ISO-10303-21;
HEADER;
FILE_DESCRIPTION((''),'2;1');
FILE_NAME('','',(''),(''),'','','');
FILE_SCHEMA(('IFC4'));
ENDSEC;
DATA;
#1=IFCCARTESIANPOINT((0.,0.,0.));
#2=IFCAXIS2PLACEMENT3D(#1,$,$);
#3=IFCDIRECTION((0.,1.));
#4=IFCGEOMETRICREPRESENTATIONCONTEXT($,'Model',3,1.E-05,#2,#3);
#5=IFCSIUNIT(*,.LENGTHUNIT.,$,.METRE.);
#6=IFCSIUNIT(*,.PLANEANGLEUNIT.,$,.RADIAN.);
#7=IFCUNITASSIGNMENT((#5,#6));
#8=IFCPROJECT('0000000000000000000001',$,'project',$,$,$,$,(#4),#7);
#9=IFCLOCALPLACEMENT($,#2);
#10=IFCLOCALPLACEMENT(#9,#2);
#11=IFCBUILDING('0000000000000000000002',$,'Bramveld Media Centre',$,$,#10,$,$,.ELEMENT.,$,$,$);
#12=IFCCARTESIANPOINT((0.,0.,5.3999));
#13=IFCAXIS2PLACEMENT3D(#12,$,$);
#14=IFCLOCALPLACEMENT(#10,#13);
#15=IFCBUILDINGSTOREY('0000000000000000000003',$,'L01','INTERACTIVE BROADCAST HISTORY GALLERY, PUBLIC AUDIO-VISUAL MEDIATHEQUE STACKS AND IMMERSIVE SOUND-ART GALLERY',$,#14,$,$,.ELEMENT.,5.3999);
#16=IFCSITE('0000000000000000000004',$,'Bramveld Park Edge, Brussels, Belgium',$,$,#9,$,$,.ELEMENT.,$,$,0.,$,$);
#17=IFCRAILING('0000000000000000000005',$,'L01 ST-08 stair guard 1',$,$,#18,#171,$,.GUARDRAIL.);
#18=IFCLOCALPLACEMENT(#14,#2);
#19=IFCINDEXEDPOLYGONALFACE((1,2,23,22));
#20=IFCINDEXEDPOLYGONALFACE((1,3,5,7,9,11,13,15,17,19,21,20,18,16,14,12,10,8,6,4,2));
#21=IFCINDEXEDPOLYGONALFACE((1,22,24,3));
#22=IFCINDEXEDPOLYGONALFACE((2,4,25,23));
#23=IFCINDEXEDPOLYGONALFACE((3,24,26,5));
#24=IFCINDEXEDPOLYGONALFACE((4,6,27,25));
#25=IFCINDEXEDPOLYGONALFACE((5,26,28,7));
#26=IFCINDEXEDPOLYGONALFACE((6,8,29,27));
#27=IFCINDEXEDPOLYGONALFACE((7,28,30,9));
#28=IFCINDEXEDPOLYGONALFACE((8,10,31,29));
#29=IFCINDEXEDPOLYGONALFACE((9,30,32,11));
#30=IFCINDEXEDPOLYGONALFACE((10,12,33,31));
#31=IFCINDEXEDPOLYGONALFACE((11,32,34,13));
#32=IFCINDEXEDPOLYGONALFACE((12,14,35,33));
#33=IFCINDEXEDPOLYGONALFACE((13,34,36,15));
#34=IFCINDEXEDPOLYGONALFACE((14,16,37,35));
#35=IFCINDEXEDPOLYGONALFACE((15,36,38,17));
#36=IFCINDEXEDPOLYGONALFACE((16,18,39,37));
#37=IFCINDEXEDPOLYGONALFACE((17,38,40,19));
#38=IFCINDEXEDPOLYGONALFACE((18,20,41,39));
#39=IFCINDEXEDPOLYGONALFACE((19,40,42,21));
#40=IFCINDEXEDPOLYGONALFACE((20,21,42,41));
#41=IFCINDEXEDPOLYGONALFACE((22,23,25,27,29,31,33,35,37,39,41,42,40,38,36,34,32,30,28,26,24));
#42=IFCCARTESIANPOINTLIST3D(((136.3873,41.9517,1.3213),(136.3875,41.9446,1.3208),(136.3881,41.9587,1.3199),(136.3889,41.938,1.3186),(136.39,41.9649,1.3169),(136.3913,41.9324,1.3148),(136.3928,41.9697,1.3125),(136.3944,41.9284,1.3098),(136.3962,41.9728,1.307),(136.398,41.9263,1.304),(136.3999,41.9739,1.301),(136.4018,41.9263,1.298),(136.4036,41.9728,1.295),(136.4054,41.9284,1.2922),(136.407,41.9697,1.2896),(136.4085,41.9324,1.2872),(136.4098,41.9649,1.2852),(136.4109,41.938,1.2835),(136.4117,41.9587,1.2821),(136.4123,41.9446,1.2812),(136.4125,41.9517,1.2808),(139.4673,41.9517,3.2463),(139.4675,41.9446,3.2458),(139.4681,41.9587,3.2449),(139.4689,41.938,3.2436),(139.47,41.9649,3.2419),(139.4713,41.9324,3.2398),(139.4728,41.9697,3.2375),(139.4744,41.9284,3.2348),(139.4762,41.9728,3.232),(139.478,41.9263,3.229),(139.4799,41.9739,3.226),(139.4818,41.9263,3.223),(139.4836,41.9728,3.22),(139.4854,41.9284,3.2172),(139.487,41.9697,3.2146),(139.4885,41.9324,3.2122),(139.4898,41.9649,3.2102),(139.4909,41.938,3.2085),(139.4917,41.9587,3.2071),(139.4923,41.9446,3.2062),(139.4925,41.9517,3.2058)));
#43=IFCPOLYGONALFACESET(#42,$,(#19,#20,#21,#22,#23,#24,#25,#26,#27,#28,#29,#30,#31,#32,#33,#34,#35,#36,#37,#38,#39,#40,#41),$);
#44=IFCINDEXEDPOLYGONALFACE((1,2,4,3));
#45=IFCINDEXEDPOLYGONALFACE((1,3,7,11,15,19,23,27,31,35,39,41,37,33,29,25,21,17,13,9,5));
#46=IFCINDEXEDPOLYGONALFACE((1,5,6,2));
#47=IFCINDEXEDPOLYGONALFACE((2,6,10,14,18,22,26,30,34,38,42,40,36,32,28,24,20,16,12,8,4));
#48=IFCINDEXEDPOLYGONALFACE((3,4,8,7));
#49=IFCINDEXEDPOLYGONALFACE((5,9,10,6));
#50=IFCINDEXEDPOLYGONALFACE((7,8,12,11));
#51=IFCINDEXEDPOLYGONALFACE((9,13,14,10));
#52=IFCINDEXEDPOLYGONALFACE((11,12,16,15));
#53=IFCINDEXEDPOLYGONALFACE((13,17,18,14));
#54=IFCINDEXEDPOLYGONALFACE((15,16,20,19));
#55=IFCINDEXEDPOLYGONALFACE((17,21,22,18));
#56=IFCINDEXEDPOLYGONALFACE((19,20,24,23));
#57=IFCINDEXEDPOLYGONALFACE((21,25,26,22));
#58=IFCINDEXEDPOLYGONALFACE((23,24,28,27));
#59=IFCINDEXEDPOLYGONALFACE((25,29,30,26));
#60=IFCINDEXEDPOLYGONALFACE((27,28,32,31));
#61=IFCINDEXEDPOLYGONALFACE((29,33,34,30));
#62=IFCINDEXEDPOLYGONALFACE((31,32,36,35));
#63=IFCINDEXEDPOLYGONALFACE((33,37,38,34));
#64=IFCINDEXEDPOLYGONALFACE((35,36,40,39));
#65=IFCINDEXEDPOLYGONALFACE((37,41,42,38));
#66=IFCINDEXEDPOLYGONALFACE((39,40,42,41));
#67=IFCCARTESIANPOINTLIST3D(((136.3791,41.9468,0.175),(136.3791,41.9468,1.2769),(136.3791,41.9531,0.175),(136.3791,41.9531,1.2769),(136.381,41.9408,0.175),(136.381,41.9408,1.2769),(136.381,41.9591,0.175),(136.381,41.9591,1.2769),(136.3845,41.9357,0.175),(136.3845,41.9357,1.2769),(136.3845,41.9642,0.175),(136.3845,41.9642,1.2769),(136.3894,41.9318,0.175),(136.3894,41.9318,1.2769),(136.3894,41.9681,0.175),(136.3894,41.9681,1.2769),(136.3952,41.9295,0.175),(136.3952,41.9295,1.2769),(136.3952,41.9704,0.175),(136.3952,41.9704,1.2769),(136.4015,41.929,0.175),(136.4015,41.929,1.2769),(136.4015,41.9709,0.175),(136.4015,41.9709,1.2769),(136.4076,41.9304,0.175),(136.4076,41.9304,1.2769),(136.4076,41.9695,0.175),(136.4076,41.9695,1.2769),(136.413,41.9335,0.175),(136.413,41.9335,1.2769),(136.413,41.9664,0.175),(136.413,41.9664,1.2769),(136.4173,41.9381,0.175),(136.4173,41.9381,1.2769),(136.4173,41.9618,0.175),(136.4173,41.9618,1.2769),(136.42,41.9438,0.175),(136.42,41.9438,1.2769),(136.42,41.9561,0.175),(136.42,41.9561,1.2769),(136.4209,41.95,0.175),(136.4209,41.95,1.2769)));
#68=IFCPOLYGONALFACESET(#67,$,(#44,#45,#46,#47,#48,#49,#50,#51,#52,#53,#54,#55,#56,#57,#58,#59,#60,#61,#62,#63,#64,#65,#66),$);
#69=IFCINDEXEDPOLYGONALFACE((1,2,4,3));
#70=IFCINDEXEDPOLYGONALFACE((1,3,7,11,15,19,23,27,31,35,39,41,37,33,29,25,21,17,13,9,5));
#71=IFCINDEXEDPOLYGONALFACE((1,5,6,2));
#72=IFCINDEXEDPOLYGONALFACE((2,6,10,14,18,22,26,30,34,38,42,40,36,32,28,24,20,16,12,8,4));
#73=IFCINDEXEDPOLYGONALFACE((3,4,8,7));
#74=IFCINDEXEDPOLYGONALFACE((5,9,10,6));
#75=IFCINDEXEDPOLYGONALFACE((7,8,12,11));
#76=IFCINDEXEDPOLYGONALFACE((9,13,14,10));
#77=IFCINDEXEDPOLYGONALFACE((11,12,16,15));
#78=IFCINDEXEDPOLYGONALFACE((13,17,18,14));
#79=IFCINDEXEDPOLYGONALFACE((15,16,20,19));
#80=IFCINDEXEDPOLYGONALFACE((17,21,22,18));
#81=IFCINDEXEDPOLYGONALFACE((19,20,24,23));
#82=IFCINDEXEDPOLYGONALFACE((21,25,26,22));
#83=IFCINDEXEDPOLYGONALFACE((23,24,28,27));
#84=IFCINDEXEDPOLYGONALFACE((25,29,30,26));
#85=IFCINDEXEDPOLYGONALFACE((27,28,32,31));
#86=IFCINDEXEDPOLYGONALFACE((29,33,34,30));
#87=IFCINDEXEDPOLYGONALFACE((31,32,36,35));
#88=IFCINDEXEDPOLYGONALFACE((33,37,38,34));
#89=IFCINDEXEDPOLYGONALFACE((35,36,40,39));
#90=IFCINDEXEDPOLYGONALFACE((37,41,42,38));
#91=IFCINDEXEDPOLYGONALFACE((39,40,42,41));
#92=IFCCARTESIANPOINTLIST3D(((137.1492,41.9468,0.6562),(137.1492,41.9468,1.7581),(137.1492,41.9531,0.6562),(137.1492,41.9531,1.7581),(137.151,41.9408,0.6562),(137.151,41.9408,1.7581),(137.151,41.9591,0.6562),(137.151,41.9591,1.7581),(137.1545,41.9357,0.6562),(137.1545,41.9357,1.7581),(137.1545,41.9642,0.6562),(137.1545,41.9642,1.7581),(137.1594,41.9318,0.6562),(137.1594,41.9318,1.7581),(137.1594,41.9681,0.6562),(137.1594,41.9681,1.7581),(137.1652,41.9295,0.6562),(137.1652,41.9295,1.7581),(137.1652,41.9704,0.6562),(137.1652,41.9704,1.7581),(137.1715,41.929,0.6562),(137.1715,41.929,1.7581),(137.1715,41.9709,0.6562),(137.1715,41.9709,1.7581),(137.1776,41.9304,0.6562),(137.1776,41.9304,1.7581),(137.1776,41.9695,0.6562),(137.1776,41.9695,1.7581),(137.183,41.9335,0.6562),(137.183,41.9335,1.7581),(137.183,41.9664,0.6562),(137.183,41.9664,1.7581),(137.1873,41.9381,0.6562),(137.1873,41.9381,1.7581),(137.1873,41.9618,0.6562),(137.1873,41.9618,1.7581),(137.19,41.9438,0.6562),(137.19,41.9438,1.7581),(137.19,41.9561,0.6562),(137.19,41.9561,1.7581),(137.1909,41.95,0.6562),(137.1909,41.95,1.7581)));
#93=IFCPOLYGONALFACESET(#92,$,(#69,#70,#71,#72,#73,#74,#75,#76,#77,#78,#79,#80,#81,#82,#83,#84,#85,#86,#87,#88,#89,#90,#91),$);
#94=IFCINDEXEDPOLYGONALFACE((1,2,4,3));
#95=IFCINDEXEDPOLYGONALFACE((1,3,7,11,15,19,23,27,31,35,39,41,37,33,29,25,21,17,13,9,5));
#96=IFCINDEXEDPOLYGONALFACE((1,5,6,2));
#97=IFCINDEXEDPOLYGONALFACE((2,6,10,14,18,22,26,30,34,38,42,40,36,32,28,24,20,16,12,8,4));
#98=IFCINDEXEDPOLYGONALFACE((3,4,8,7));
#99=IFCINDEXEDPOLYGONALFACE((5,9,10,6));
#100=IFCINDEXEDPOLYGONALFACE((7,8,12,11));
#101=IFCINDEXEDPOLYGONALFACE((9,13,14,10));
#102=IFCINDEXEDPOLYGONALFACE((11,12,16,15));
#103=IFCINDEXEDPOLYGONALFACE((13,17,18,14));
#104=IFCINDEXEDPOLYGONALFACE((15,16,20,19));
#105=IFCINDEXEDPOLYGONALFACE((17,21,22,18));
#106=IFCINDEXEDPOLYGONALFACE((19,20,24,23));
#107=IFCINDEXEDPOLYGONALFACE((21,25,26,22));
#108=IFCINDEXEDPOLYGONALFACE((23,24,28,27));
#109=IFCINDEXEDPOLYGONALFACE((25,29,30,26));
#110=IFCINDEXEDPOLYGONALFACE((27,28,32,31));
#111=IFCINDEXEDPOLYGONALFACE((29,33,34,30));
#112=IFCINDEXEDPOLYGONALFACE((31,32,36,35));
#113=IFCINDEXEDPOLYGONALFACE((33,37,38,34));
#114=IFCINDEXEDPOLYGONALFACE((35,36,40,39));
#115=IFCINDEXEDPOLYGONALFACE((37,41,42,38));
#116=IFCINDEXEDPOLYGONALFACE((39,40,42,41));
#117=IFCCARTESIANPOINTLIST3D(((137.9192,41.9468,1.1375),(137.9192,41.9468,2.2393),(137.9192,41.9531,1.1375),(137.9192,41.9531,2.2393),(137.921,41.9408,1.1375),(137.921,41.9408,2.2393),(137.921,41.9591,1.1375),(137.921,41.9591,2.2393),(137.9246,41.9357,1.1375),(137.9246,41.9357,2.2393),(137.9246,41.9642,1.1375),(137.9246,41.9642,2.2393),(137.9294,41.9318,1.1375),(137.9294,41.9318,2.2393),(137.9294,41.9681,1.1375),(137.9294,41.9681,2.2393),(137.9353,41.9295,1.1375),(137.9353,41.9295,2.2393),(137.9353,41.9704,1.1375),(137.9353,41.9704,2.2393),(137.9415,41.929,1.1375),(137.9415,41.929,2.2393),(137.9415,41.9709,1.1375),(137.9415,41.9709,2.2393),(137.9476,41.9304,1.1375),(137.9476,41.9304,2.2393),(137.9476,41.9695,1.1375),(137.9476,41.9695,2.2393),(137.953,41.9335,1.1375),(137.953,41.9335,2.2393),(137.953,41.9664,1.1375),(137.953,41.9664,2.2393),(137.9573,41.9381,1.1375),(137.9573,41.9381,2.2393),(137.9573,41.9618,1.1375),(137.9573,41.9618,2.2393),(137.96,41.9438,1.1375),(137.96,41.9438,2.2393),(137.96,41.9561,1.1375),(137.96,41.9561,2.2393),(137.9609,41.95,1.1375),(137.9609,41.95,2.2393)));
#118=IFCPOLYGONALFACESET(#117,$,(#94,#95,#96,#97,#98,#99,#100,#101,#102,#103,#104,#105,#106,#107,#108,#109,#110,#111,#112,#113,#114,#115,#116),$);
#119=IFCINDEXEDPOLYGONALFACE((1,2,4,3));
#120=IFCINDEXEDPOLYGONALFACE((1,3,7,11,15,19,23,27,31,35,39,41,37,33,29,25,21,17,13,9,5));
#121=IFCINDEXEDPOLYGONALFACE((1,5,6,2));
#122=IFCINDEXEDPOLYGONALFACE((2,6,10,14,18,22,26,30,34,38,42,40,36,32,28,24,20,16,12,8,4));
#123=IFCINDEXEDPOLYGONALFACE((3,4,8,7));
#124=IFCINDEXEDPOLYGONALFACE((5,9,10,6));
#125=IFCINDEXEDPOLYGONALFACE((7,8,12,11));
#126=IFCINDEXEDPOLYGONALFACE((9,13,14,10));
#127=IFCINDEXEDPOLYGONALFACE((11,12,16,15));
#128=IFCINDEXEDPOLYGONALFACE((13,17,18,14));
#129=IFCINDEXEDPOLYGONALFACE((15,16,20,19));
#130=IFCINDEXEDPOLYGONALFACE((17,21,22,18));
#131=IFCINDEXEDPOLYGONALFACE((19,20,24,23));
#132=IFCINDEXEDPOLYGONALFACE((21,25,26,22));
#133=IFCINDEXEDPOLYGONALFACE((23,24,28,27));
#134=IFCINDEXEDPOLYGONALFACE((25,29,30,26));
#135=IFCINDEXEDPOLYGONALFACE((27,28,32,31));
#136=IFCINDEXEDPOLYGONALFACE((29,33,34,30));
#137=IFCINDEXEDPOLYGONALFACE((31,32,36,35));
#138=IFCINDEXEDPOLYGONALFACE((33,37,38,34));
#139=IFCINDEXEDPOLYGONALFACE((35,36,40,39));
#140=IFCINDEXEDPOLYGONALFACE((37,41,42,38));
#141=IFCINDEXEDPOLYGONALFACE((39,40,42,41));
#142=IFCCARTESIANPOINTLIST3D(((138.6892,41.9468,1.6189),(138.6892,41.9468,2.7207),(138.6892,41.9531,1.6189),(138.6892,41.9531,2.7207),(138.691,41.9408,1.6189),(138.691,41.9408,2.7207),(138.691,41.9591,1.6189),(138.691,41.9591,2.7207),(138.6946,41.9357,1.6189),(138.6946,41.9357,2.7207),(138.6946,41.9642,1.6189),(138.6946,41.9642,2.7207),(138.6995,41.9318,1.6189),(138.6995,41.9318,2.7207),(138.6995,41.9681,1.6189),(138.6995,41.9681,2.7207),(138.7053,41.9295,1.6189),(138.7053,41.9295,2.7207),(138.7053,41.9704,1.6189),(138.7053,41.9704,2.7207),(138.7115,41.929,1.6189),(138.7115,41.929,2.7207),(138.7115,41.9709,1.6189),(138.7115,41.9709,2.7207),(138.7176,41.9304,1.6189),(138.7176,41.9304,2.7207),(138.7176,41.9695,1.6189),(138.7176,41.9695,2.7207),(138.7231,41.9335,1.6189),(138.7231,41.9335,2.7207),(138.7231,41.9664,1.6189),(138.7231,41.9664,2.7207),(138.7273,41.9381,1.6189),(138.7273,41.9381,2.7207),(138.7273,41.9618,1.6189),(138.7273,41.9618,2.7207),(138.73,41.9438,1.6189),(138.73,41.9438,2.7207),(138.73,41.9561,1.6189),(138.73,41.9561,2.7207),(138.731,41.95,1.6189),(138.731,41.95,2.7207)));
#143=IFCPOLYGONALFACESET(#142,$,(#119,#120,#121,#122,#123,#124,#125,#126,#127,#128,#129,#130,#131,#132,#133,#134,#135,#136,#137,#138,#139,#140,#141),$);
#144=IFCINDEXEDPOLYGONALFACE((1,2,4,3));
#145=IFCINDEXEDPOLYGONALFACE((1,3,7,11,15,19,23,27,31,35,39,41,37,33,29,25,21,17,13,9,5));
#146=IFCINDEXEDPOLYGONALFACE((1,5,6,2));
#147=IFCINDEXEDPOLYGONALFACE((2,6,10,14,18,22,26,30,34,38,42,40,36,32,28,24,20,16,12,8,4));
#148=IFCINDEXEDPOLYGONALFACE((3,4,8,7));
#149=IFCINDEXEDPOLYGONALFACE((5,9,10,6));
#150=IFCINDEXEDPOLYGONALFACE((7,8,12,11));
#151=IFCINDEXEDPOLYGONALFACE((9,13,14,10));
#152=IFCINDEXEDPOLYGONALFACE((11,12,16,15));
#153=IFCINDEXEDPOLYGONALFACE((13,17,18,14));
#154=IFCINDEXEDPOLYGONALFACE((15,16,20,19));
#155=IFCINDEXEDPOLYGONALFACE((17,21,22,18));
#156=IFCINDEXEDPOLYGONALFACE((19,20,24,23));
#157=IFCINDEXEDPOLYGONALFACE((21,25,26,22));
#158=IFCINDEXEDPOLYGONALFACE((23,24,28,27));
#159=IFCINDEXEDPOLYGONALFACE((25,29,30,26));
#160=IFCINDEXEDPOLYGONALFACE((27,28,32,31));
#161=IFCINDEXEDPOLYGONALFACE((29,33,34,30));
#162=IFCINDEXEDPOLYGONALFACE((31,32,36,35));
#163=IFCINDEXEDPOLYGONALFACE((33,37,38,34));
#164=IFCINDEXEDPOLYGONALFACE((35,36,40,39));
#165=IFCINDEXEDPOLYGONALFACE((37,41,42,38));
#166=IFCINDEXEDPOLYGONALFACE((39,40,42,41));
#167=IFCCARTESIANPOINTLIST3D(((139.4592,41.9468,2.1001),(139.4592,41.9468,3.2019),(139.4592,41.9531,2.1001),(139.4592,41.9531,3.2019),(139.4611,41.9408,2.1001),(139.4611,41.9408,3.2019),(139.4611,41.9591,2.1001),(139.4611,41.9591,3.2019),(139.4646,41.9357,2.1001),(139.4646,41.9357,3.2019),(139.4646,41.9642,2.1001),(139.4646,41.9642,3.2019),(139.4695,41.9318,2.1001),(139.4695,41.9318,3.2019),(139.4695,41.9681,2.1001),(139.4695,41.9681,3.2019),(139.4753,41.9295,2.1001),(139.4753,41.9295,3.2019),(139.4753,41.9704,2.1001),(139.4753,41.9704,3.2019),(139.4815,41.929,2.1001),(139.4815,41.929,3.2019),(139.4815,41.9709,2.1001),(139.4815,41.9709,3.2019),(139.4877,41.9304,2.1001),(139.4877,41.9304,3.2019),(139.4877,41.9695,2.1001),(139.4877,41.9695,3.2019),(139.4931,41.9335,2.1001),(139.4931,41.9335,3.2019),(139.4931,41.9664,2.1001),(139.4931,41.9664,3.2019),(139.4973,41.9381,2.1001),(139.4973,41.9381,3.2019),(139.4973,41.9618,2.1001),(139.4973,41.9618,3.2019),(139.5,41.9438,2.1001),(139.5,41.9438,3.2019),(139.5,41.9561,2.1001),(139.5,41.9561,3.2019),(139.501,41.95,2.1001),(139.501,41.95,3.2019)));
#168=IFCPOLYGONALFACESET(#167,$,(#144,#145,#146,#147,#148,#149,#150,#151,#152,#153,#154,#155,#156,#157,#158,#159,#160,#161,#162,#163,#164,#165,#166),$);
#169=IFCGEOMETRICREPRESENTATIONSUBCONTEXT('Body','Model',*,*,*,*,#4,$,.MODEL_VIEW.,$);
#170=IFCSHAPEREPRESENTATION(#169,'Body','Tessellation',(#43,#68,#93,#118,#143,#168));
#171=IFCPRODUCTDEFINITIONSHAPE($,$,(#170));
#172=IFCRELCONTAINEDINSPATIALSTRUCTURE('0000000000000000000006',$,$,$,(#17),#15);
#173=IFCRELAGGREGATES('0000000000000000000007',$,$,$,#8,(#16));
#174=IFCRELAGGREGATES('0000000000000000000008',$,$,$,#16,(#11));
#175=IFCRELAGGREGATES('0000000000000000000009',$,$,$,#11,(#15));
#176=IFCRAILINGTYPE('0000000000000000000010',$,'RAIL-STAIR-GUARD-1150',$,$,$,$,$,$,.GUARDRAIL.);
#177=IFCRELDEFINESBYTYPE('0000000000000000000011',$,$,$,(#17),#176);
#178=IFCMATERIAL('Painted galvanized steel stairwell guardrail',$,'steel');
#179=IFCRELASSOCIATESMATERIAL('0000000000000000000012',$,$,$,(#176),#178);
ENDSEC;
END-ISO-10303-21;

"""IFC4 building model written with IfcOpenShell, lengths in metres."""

from ifc_helpers import new_model, si_unit, direction, frame, origin, origin_2d, place, context, subcontext, project, spatial, circle, extrude, material, type_object, element, save


model = new_model("IFC4")

# Units and contexts
model_context = context("Model", 3, precision=1e-05, world=origin(), true_north=direction((0.0, 1.0)))
body_context = subcontext(model_context, "Body", "Model", "MODEL_VIEW")
ifc_project = project(units=[si_unit("LENGTHUNIT", "METRE"), si_unit("PLANEANGLEUNIT", "RADIAN")], contexts=[model_context])

# Site, building, storey
site_placement = place(None, origin())
site = spatial("IfcSite", under=ifc_project, at=site_placement, Name="Bramveld Park Edge, Brussels, Belgium", CompositionType="ELEMENT", RefElevation=0.0)
building_placement = place(site_placement, origin())
building = spatial("IfcBuilding", under=site, at=building_placement, Name="Bramveld Media Centre", CompositionType="ELEMENT")
storey_placement = place(building_placement, frame((0.0, 0.0, 5.3999)))
storey = spatial("IfcBuildingStorey", under=building, at=storey_placement, Name="L01", Description="INTERACTIVE BROADCAST HISTORY GALLERY, PUBLIC AUDIO-VISUAL MEDIATHEQUE STACKS AND IMMERSIVE SOUND-ART GALLERY", CompositionType="ELEMENT", Elevation=5.3999)

# Railing
ifc_material_1 = material(Name="Painted galvanized steel stairwell guardrail", Category="steel")
railing_type_1 = type_object("IfcRailingType", Name="RAIL-STAIR-GUARD-1150", PredefinedType="GUARDRAIL", material=ifc_material_1)
railing_1_placement = place(storey_placement, frame((136.3999, 41.95, 0.175)))
element("IfcRailing", 1, at=railing_1_placement, inside=storey, type_object=railing_type_1, Name="L01 ST-08 stair guard 1", PredefinedType="GUARDRAIL", context=body_context, shape_type="SweptSolid", body=[
    extrude(circle(Radius=0.0239, at=origin_2d()), frame((0.0, 0.0, 1.126), z_axis=(0.847998, 0.0, 0.529999), x_axis=(0.0, 1.0, 0.0)), (0.0, 0.0, 1.0), 3.6321),
    extrude(circle(Radius=0.021, at=origin_2d()), origin(), (0.0, 0.0, 1.0), 1.1018),
    extrude(circle(Radius=0.021, at=origin_2d()), frame((0.77, 0.0, 0.4812)), (0.0, 0.0, 1.0), 1.1018),
    extrude(circle(Radius=0.021, at=origin_2d()), frame((1.54, 0.0, 0.9624)), (0.0, 0.0, 1.0), 1.1018),
    extrude(circle(Radius=0.021, at=origin_2d()), frame((2.3101, 0.0, 1.4438)), (0.0, 0.0, 1.0), 1.1018),
    extrude(circle(Radius=0.021, at=origin_2d()), frame((3.0801, 0.0, 1.925)), (0.0, 0.0, 1.0), 1.1018),
])

save(model, "model.ifc")
